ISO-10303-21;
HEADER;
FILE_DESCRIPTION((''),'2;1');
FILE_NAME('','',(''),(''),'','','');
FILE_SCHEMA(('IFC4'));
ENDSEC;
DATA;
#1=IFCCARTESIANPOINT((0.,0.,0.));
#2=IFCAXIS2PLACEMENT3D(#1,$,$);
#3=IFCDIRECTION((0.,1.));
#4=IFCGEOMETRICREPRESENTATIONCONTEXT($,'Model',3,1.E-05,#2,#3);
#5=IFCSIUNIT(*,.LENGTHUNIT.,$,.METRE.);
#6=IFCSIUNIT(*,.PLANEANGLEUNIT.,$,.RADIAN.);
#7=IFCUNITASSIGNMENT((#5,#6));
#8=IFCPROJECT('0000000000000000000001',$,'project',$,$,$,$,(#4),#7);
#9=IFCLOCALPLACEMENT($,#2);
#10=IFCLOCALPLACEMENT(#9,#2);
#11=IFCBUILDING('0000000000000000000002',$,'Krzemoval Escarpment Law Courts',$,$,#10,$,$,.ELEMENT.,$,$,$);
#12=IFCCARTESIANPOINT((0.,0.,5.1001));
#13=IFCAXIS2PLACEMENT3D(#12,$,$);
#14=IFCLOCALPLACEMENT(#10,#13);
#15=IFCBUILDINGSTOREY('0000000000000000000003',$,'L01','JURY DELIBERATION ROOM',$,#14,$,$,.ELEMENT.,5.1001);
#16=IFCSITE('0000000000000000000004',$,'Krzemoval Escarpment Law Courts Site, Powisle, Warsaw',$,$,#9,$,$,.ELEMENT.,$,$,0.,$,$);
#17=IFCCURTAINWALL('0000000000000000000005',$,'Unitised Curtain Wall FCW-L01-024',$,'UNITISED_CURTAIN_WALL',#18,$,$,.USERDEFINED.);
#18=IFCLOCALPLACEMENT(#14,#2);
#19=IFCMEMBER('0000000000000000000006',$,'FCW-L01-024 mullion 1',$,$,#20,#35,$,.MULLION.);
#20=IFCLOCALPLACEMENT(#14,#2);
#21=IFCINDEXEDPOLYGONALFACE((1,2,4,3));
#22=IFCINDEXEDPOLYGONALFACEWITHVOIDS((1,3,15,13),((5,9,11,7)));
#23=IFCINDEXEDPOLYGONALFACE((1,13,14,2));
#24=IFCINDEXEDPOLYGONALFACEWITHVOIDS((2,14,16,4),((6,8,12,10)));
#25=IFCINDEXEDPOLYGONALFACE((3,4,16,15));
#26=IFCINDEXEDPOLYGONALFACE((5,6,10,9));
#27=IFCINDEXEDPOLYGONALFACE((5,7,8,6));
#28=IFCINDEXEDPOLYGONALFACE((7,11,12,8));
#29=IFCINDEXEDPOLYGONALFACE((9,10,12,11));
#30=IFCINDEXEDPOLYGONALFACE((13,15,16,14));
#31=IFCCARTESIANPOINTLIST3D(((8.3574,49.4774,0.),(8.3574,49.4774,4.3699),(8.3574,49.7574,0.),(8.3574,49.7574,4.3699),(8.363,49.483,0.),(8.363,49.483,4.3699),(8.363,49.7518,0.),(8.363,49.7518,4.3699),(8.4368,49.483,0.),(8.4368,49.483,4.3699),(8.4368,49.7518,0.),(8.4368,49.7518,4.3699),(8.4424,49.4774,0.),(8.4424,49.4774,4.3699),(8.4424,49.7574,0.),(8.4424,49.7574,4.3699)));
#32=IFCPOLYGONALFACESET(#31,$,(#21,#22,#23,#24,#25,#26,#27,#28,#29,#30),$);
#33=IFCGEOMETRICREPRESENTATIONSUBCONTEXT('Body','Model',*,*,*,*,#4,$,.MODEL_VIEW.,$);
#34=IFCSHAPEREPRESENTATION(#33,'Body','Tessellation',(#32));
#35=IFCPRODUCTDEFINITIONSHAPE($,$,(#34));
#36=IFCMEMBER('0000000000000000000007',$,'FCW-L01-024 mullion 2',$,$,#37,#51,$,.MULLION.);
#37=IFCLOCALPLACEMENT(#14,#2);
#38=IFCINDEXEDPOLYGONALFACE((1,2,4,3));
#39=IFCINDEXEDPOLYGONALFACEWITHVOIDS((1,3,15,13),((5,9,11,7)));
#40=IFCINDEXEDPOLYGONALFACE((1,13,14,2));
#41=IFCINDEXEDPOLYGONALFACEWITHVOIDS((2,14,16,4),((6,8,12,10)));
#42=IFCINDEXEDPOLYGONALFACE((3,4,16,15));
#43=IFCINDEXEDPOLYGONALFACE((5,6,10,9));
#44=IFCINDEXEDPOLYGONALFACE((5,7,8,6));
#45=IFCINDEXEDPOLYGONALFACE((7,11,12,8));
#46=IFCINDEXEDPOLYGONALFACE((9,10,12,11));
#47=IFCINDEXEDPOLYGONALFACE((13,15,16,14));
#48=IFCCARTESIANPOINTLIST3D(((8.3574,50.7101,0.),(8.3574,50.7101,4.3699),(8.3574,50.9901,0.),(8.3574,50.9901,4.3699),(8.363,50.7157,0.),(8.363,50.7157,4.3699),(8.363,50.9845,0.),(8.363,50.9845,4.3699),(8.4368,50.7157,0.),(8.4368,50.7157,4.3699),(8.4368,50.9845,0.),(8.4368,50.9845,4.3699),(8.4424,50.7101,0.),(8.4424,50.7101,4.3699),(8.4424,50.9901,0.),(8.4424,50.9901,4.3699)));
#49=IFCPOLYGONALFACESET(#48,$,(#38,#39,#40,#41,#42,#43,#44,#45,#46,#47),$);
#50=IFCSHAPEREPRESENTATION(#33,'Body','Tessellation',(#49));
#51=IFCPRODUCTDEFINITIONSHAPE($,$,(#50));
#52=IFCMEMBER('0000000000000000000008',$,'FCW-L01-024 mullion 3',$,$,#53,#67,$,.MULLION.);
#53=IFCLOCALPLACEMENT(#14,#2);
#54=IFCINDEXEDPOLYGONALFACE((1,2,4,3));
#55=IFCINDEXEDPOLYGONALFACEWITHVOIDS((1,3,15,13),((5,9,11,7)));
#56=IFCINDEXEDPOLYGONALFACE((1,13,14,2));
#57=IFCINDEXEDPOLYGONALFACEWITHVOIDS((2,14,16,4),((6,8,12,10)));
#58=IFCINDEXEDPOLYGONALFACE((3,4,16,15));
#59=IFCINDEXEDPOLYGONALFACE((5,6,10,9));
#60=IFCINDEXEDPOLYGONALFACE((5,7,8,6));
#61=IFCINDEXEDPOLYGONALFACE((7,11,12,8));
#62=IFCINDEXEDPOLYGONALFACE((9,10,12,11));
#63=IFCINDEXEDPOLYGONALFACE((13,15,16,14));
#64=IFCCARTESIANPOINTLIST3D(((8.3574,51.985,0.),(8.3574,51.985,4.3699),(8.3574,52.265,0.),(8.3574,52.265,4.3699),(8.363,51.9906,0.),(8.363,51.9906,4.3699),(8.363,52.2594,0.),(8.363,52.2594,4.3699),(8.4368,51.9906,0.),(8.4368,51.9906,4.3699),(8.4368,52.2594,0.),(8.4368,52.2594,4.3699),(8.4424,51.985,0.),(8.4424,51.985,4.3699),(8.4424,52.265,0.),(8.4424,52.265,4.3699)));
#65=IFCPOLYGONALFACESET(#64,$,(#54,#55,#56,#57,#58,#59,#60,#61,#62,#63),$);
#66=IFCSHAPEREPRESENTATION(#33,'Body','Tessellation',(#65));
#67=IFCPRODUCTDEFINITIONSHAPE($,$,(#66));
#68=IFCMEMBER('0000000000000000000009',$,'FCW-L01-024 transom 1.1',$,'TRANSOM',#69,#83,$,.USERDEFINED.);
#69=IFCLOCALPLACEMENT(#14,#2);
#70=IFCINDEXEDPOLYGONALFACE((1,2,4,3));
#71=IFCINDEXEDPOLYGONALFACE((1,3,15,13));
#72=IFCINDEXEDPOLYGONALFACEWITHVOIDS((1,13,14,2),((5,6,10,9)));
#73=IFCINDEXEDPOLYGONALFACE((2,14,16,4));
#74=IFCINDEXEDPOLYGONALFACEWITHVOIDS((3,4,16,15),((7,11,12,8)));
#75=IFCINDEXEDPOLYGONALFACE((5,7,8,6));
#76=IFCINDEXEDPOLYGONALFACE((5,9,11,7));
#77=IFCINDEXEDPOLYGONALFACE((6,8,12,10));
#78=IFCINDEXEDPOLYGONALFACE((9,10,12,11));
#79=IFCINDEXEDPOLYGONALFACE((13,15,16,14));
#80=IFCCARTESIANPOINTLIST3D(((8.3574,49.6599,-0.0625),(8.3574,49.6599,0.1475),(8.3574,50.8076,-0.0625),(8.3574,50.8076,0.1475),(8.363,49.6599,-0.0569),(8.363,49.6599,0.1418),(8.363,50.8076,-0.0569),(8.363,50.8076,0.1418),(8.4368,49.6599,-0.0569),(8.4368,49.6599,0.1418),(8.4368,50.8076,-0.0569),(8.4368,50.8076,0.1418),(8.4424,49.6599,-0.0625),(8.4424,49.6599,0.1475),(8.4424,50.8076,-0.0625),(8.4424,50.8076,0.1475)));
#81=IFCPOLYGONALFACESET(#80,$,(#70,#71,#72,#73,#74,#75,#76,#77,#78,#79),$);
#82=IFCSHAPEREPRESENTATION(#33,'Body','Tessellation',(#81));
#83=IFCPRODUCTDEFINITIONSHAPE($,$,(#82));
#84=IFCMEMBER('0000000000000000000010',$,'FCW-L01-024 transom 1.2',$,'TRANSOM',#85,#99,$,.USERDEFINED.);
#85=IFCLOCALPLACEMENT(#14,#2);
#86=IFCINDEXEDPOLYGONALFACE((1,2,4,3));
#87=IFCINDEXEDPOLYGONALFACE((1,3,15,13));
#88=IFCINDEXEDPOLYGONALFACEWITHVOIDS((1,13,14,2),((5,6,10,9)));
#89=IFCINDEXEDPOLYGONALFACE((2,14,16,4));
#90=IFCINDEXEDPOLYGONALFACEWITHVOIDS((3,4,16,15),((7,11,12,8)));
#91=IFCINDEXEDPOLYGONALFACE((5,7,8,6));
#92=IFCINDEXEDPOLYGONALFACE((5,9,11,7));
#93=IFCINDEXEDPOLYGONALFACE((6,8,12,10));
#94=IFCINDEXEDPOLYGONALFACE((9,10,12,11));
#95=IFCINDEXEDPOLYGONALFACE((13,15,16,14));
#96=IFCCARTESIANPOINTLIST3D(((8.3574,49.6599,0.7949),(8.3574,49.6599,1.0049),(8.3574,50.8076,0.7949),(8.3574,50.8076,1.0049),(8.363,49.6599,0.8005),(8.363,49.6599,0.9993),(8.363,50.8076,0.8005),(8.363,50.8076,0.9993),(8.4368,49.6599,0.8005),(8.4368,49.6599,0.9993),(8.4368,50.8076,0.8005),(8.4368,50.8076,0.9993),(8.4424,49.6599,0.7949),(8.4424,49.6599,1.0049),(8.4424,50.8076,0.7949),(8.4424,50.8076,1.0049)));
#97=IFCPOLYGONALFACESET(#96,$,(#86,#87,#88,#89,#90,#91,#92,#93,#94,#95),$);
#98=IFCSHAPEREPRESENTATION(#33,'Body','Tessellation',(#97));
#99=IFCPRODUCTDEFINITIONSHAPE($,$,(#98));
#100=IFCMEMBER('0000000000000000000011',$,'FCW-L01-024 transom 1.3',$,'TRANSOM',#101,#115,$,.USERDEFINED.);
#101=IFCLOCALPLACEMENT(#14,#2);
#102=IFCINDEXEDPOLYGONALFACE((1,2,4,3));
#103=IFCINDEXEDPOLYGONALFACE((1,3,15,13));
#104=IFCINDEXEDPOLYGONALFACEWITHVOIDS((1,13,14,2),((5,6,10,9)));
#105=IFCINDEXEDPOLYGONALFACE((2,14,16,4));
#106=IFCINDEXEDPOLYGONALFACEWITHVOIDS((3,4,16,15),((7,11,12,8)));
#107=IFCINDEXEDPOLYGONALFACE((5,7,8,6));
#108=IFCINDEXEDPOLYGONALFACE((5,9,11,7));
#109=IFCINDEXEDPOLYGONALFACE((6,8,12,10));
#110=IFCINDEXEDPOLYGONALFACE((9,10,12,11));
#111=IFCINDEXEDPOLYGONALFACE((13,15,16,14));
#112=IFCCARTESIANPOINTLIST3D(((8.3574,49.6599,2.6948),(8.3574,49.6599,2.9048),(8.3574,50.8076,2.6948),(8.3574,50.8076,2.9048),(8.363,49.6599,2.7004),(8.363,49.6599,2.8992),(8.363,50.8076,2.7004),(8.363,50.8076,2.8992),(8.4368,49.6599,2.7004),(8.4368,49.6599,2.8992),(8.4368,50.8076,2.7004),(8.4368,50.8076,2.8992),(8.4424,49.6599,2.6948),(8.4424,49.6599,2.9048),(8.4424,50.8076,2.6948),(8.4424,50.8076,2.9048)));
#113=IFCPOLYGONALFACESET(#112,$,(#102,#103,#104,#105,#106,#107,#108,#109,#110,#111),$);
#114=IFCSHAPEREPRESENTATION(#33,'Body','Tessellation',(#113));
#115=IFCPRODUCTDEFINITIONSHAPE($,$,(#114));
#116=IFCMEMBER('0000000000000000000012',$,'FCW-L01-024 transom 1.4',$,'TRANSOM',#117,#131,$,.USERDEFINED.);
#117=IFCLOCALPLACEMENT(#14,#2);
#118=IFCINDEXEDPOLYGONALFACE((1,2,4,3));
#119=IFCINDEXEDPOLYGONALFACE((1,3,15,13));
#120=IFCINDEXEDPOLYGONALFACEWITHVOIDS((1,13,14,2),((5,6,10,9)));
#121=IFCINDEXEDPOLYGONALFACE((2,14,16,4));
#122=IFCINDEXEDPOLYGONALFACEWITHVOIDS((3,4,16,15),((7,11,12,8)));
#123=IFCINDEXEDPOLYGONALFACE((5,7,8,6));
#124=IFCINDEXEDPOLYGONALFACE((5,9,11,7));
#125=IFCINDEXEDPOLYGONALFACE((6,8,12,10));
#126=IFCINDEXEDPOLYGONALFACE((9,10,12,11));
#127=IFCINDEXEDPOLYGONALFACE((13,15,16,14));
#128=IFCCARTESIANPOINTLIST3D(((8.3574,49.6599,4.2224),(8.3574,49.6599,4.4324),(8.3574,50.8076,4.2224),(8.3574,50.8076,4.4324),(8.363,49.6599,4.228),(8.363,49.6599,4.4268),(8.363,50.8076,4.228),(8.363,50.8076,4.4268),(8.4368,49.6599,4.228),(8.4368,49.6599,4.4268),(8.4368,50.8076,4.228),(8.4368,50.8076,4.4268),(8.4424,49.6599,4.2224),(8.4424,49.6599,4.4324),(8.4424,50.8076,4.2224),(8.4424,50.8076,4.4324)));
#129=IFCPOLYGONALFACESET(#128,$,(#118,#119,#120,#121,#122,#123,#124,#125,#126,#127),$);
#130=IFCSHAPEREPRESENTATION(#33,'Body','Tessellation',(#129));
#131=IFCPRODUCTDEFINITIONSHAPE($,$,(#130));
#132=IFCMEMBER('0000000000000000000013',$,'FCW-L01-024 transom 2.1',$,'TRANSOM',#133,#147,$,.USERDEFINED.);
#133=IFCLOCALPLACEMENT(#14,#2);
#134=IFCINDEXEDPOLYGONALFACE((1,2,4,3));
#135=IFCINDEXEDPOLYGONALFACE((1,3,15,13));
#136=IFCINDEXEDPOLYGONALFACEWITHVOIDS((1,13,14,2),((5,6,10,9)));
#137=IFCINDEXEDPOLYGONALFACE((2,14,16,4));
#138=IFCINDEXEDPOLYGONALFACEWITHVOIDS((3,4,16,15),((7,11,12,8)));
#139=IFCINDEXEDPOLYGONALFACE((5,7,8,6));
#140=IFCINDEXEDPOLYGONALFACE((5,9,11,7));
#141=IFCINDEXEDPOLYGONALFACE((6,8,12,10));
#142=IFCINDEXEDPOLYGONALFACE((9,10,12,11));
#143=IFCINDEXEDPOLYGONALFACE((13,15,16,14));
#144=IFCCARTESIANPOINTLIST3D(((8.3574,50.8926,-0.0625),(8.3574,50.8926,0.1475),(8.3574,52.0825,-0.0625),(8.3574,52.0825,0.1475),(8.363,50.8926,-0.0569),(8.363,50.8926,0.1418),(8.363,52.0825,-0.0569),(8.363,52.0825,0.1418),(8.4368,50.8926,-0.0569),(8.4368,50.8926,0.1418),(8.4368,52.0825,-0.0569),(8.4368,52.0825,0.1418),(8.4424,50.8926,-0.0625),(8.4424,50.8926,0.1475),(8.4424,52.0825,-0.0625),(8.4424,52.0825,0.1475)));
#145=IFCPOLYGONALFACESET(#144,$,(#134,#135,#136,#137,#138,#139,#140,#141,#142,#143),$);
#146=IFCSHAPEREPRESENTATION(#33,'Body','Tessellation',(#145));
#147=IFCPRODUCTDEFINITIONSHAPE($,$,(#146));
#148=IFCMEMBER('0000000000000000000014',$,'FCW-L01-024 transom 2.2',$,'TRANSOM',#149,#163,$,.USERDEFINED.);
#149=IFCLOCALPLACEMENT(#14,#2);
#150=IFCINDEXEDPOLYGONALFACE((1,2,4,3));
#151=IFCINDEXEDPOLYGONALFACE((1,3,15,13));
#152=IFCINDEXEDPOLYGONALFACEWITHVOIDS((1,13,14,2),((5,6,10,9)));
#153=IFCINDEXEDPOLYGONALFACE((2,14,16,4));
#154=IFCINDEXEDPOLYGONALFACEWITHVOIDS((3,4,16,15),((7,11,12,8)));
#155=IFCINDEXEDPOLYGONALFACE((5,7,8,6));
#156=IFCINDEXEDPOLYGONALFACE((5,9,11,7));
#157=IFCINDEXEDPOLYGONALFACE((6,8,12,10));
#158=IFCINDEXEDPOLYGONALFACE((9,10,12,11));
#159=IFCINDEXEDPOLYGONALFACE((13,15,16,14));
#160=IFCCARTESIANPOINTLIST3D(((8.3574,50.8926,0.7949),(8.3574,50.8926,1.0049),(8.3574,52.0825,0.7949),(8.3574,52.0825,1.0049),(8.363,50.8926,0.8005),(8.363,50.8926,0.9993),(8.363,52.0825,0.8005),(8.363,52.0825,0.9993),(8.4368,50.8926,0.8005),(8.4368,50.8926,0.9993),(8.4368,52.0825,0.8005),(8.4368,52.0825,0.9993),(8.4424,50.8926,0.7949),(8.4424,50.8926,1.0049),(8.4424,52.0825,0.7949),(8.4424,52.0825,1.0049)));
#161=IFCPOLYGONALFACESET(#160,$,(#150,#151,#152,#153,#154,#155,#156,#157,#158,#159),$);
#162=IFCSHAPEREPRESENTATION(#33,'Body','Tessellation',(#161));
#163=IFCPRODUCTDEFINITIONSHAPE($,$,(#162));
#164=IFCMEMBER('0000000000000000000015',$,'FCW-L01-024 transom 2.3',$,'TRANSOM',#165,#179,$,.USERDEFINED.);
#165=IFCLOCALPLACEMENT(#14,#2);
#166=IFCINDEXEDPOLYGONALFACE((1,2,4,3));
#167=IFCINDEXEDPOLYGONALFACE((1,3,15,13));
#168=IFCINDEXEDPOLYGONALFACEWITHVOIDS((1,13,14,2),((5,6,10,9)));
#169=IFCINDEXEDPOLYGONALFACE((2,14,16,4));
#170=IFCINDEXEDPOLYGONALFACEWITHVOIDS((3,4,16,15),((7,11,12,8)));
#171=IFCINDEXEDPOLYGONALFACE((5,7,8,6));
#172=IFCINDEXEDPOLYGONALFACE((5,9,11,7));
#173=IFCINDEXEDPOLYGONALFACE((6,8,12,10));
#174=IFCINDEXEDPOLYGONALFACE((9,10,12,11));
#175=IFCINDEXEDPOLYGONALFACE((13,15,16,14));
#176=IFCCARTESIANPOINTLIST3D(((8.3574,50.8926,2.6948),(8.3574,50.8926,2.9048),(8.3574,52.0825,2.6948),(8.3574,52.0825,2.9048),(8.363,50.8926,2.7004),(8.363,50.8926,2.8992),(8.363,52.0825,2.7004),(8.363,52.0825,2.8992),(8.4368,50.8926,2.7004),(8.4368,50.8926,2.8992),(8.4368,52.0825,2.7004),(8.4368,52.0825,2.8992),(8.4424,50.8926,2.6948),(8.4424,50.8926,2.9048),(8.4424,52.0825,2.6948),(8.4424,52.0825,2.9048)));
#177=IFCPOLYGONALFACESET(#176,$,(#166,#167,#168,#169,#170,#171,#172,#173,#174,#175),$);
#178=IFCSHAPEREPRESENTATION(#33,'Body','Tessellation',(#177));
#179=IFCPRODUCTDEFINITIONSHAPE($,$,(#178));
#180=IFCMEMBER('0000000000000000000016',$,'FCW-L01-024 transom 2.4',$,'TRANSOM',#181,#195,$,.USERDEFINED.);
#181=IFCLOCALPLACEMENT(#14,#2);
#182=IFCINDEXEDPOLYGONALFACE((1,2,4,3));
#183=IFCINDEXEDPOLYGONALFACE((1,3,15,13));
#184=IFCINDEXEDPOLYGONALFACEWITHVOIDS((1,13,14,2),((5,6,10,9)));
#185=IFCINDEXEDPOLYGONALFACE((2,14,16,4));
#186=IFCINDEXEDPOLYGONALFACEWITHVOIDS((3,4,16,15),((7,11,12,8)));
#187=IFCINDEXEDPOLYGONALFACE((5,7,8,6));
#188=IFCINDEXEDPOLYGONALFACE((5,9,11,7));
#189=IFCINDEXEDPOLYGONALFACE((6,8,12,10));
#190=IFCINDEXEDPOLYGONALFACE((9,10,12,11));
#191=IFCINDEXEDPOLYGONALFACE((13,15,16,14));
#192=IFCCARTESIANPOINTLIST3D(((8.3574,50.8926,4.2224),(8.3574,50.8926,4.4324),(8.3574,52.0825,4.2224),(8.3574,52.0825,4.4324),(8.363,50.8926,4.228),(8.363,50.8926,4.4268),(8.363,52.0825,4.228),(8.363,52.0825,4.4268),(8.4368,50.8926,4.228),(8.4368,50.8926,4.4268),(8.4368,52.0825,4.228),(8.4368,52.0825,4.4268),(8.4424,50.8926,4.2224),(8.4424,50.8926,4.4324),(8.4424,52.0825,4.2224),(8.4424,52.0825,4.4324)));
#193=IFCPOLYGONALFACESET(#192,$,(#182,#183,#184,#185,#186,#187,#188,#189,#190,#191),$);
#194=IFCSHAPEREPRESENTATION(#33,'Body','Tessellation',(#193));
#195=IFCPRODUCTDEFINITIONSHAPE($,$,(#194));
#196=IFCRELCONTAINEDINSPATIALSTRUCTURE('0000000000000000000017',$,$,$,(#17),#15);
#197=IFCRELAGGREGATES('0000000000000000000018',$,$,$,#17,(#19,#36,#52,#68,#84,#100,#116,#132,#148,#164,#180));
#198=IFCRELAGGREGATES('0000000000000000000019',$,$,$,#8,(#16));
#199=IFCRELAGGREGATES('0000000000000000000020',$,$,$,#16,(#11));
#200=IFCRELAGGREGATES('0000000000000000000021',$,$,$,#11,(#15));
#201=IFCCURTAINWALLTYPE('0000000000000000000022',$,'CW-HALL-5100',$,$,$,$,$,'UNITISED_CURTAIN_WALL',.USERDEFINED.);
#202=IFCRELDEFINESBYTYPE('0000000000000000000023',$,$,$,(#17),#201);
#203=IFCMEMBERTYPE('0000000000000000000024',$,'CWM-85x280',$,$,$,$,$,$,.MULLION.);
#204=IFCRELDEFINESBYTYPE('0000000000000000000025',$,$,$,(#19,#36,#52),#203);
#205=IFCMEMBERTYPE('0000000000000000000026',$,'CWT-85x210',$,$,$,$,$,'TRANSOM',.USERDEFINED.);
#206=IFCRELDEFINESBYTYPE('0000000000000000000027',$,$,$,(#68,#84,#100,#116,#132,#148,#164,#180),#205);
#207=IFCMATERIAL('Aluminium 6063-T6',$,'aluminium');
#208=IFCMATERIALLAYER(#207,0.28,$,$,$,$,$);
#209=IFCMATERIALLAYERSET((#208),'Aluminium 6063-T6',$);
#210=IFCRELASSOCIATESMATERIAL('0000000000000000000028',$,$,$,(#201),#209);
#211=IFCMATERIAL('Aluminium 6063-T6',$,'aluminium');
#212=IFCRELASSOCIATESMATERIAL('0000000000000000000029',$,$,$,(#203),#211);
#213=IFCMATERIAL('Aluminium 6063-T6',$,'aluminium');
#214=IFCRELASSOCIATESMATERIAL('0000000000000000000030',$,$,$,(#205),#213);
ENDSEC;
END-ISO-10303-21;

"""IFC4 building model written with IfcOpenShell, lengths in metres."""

from ifc_helpers import new_model, si_unit, direction, frame, origin, origin_2d, place, context, subcontext, project, spatial, hollow_rectangle, extrude, material, layer, layer_set, material_profile, profile_set, type_object, element, aggregate, save


model = new_model("IFC4")

# Units and contexts
model_context = context("Model", 3, precision=1e-05, world=origin(), true_north=direction((0.0, 1.0)))
body_context = subcontext(model_context, "Body", "Model", "MODEL_VIEW")
ifc_project = project(units=[si_unit("LENGTHUNIT", "METRE"), si_unit("PLANEANGLEUNIT", "RADIAN")], contexts=[model_context])

# Site, building, storey
site_placement = place(None, origin())
site = spatial("IfcSite", under=ifc_project, at=site_placement, Name="Krzemoval Escarpment Law Courts Site, Powisle, Warsaw", CompositionType="ELEMENT", RefElevation=0.0)
building_placement = place(site_placement, origin())
building = spatial("IfcBuilding", under=site, at=building_placement, Name="Krzemoval Escarpment Law Courts", CompositionType="ELEMENT")
storey_placement = place(building_placement, frame((0.0, 0.0, 5.1001)))
storey = spatial("IfcBuildingStorey", under=building, at=storey_placement, Name="L01", Description="JURY DELIBERATION ROOM", CompositionType="ELEMENT", Elevation=5.1001)

# Curtain wall, members
ifc_material_1 = material(Name="Aluminium 6063-T6", Category="aluminium")
ifc_layer_1 = layer(ifc_material_1, 0.28)
ifc_layer_set_1 = layer_set([ifc_layer_1], Name="Aluminium 6063-T6")
curtain_wall_type = type_object("IfcCurtainWallType", Name="CW-HALL-5100", ElementType="UNITISED_CURTAIN_WALL", PredefinedType="USERDEFINED", material=ifc_layer_set_1)
curtain_wall_placement = place(storey_placement, origin())
curtain_wall = element("IfcCurtainWall", 1, at=curtain_wall_placement, inside=storey, type_object=curtain_wall_type, Name="Unitised Curtain Wall FCW-L01-024", ObjectType="UNITISED_CURTAIN_WALL", PredefinedType="USERDEFINED")
ifc_material_2 = material(Name="Aluminium 6063-T6", Category="aluminium")
ifc_material_profile_1 = material_profile(ifc_material_2, hollow_rectangle(XDim=0.085, YDim=0.28, WallThickness=0.0056, at=origin_2d()), Name="ALU M85x280")
ifc_profile_set_1 = profile_set([ifc_material_profile_1], Name="Aluminium 6063-T6")
member_type_1 = type_object("IfcMemberType", Name="CWM-85x280", PredefinedType="MULLION", material=ifc_profile_set_1)
member_1_placement = place(storey_placement, frame((8.3999, 49.6174, 0.0), z_axis=(0.0, 0.0, 1.0), x_axis=(-1.0, 0.0, 0.0)))
member_1 = element("IfcMember", 2, at=member_1_placement, type_object=member_type_1, Name="FCW-L01-024 mullion 1", PredefinedType="MULLION", context=body_context, shape_type="SweptSolid", body=[
    extrude(hollow_rectangle(XDim=0.085, YDim=0.28, WallThickness=0.0056, at=origin_2d()), origin(), (0.0, 0.0, 1.0), 4.3699),
])
member_2_placement = place(storey_placement, frame((8.3999, 50.8501, 0.0), z_axis=(0.0, 0.0, 1.0), x_axis=(-1.0, 0.0, 0.0)))
member_2 = element("IfcMember", 3, at=member_2_placement, type_object=member_type_1, Name="FCW-L01-024 mullion 2", PredefinedType="MULLION", context=body_context, shape_type="SweptSolid", body=[
    extrude(hollow_rectangle(XDim=0.085, YDim=0.28, WallThickness=0.0056, at=origin_2d()), origin(), (0.0, 0.0, 1.0), 4.3699),
])
member_3_placement = place(storey_placement, frame((8.3999, 52.125, 0.0), z_axis=(0.0, 0.0, 1.0), x_axis=(-1.0, 0.0, 0.0)))
member_3 = element("IfcMember", 4, at=member_3_placement, type_object=member_type_1, Name="FCW-L01-024 mullion 3", PredefinedType="MULLION", context=body_context, shape_type="SweptSolid", body=[
    extrude(hollow_rectangle(XDim=0.085, YDim=0.28, WallThickness=0.0056, at=origin_2d()), origin(), (0.0, 0.0, 1.0), 4.3699),
])
ifc_material_3 = material(Name="Aluminium 6063-T6", Category="aluminium")
ifc_material_profile_2 = material_profile(ifc_material_3, hollow_rectangle(XDim=0.085, YDim=0.21, WallThickness=0.0056, at=origin_2d()), Name="ALU T85x210")
ifc_profile_set_2 = profile_set([ifc_material_profile_2], Name="Aluminium 6063-T6")
member_type_2 = type_object("IfcMemberType", Name="CWT-85x210", ElementType="TRANSOM", PredefinedType="USERDEFINED", material=ifc_profile_set_2)
member_4_placement = place(storey_placement, frame((8.3999, 49.6599, 0.0425), z_axis=(0.0, 1.0, 0.0), x_axis=(-1.0, 0.0, 0.0)))
member_4 = element("IfcMember", 5, at=member_4_placement, type_object=member_type_2, Name="FCW-L01-024 transom 1.1", ObjectType="TRANSOM", PredefinedType="USERDEFINED", context=body_context, shape_type="SweptSolid", body=[
    extrude(hollow_rectangle(XDim=0.085, YDim=0.21, WallThickness=0.0056, at=origin_2d()), origin(), (0.0, 0.0, 1.0), 1.1477),
])
member_5_placement = place(storey_placement, frame((8.3999, 49.6599, 0.8999), z_axis=(0.0, 1.0, 0.0), x_axis=(-1.0, 0.0, 0.0)))
member_5 = element("IfcMember", 6, at=member_5_placement, type_object=member_type_2, Name="FCW-L01-024 transom 1.2", ObjectType="TRANSOM", PredefinedType="USERDEFINED", context=body_context, shape_type="SweptSolid", body=[
    extrude(hollow_rectangle(XDim=0.085, YDim=0.21, WallThickness=0.0056, at=origin_2d()), origin(), (0.0, 0.0, 1.0), 1.1477),
])
member_6_placement = place(storey_placement, frame((8.3999, 49.6599, 2.7998), z_axis=(0.0, 1.0, 0.0), x_axis=(-1.0, 0.0, 0.0)))
member_6 = element("IfcMember", 7, at=member_6_placement, type_object=member_type_2, Name="FCW-L01-024 transom 1.3", ObjectType="TRANSOM", PredefinedType="USERDEFINED", context=body_context, shape_type="SweptSolid", body=[
    extrude(hollow_rectangle(XDim=0.085, YDim=0.21, WallThickness=0.0056, at=origin_2d()), origin(), (0.0, 0.0, 1.0), 1.1477),
])
member_7_placement = place(storey_placement, frame((8.3999, 49.6599, 4.3274), z_axis=(0.0, 1.0, 0.0), x_axis=(-1.0, 0.0, 0.0)))
member_7 = element("IfcMember", 8, at=member_7_placement, type_object=member_type_2, Name="FCW-L01-024 transom 1.4", ObjectType="TRANSOM", PredefinedType="USERDEFINED", context=body_context, shape_type="SweptSolid", body=[
    extrude(hollow_rectangle(XDim=0.085, YDim=0.21, WallThickness=0.0056, at=origin_2d()), origin(), (0.0, 0.0, 1.0), 1.1477),
])
member_8_placement = place(storey_placement, frame((8.3999, 50.8926, 0.0425), z_axis=(0.0, 1.0, 0.0), x_axis=(-1.0, 0.0, 0.0)))
member_8 = element("IfcMember", 9, at=member_8_placement, type_object=member_type_2, Name="FCW-L01-024 transom 2.1", ObjectType="TRANSOM", PredefinedType="USERDEFINED", context=body_context, shape_type="SweptSolid", body=[
    extrude(hollow_rectangle(XDim=0.085, YDim=0.21, WallThickness=0.0056, at=origin_2d()), origin(), (0.0, 0.0, 1.0), 1.1899),
])
member_9_placement = place(storey_placement, frame((8.3999, 50.8926, 0.8999), z_axis=(0.0, 1.0, 0.0), x_axis=(-1.0, 0.0, 0.0)))
member_9 = element("IfcMember", 10, at=member_9_placement, type_object=member_type_2, Name="FCW-L01-024 transom 2.2", ObjectType="TRANSOM", PredefinedType="USERDEFINED", context=body_context, shape_type="SweptSolid", body=[
    extrude(hollow_rectangle(XDim=0.085, YDim=0.21, WallThickness=0.0056, at=origin_2d()), origin(), (0.0, 0.0, 1.0), 1.1899),
])
member_10_placement = place(storey_placement, frame((8.3999, 50.8926, 2.7998), z_axis=(0.0, 1.0, 0.0), x_axis=(-1.0, 0.0, 0.0)))
member_10 = element("IfcMember", 11, at=member_10_placement, type_object=member_type_2, Name="FCW-L01-024 transom 2.3", ObjectType="TRANSOM", PredefinedType="USERDEFINED", context=body_context, shape_type="SweptSolid", body=[
    extrude(hollow_rectangle(XDim=0.085, YDim=0.21, WallThickness=0.0056, at=origin_2d()), origin(), (0.0, 0.0, 1.0), 1.1899),
])
member_11_placement = place(storey_placement, frame((8.3999, 50.8926, 4.3274), z_axis=(0.0, 1.0, 0.0), x_axis=(-1.0, 0.0, 0.0)))
member_11 = element("IfcMember", 12, at=member_11_placement, type_object=member_type_2, Name="FCW-L01-024 transom 2.4", ObjectType="TRANSOM", PredefinedType="USERDEFINED", context=body_context, shape_type="SweptSolid", body=[
    extrude(hollow_rectangle(XDim=0.085, YDim=0.21, WallThickness=0.0056, at=origin_2d()), origin(), (0.0, 0.0, 1.0), 1.1899),
])

aggregate(curtain_wall, [member_1, member_2, member_3, member_4, member_5, member_6, member_7, member_8, member_9, member_10, member_11])

save(model, "model.ifc")
